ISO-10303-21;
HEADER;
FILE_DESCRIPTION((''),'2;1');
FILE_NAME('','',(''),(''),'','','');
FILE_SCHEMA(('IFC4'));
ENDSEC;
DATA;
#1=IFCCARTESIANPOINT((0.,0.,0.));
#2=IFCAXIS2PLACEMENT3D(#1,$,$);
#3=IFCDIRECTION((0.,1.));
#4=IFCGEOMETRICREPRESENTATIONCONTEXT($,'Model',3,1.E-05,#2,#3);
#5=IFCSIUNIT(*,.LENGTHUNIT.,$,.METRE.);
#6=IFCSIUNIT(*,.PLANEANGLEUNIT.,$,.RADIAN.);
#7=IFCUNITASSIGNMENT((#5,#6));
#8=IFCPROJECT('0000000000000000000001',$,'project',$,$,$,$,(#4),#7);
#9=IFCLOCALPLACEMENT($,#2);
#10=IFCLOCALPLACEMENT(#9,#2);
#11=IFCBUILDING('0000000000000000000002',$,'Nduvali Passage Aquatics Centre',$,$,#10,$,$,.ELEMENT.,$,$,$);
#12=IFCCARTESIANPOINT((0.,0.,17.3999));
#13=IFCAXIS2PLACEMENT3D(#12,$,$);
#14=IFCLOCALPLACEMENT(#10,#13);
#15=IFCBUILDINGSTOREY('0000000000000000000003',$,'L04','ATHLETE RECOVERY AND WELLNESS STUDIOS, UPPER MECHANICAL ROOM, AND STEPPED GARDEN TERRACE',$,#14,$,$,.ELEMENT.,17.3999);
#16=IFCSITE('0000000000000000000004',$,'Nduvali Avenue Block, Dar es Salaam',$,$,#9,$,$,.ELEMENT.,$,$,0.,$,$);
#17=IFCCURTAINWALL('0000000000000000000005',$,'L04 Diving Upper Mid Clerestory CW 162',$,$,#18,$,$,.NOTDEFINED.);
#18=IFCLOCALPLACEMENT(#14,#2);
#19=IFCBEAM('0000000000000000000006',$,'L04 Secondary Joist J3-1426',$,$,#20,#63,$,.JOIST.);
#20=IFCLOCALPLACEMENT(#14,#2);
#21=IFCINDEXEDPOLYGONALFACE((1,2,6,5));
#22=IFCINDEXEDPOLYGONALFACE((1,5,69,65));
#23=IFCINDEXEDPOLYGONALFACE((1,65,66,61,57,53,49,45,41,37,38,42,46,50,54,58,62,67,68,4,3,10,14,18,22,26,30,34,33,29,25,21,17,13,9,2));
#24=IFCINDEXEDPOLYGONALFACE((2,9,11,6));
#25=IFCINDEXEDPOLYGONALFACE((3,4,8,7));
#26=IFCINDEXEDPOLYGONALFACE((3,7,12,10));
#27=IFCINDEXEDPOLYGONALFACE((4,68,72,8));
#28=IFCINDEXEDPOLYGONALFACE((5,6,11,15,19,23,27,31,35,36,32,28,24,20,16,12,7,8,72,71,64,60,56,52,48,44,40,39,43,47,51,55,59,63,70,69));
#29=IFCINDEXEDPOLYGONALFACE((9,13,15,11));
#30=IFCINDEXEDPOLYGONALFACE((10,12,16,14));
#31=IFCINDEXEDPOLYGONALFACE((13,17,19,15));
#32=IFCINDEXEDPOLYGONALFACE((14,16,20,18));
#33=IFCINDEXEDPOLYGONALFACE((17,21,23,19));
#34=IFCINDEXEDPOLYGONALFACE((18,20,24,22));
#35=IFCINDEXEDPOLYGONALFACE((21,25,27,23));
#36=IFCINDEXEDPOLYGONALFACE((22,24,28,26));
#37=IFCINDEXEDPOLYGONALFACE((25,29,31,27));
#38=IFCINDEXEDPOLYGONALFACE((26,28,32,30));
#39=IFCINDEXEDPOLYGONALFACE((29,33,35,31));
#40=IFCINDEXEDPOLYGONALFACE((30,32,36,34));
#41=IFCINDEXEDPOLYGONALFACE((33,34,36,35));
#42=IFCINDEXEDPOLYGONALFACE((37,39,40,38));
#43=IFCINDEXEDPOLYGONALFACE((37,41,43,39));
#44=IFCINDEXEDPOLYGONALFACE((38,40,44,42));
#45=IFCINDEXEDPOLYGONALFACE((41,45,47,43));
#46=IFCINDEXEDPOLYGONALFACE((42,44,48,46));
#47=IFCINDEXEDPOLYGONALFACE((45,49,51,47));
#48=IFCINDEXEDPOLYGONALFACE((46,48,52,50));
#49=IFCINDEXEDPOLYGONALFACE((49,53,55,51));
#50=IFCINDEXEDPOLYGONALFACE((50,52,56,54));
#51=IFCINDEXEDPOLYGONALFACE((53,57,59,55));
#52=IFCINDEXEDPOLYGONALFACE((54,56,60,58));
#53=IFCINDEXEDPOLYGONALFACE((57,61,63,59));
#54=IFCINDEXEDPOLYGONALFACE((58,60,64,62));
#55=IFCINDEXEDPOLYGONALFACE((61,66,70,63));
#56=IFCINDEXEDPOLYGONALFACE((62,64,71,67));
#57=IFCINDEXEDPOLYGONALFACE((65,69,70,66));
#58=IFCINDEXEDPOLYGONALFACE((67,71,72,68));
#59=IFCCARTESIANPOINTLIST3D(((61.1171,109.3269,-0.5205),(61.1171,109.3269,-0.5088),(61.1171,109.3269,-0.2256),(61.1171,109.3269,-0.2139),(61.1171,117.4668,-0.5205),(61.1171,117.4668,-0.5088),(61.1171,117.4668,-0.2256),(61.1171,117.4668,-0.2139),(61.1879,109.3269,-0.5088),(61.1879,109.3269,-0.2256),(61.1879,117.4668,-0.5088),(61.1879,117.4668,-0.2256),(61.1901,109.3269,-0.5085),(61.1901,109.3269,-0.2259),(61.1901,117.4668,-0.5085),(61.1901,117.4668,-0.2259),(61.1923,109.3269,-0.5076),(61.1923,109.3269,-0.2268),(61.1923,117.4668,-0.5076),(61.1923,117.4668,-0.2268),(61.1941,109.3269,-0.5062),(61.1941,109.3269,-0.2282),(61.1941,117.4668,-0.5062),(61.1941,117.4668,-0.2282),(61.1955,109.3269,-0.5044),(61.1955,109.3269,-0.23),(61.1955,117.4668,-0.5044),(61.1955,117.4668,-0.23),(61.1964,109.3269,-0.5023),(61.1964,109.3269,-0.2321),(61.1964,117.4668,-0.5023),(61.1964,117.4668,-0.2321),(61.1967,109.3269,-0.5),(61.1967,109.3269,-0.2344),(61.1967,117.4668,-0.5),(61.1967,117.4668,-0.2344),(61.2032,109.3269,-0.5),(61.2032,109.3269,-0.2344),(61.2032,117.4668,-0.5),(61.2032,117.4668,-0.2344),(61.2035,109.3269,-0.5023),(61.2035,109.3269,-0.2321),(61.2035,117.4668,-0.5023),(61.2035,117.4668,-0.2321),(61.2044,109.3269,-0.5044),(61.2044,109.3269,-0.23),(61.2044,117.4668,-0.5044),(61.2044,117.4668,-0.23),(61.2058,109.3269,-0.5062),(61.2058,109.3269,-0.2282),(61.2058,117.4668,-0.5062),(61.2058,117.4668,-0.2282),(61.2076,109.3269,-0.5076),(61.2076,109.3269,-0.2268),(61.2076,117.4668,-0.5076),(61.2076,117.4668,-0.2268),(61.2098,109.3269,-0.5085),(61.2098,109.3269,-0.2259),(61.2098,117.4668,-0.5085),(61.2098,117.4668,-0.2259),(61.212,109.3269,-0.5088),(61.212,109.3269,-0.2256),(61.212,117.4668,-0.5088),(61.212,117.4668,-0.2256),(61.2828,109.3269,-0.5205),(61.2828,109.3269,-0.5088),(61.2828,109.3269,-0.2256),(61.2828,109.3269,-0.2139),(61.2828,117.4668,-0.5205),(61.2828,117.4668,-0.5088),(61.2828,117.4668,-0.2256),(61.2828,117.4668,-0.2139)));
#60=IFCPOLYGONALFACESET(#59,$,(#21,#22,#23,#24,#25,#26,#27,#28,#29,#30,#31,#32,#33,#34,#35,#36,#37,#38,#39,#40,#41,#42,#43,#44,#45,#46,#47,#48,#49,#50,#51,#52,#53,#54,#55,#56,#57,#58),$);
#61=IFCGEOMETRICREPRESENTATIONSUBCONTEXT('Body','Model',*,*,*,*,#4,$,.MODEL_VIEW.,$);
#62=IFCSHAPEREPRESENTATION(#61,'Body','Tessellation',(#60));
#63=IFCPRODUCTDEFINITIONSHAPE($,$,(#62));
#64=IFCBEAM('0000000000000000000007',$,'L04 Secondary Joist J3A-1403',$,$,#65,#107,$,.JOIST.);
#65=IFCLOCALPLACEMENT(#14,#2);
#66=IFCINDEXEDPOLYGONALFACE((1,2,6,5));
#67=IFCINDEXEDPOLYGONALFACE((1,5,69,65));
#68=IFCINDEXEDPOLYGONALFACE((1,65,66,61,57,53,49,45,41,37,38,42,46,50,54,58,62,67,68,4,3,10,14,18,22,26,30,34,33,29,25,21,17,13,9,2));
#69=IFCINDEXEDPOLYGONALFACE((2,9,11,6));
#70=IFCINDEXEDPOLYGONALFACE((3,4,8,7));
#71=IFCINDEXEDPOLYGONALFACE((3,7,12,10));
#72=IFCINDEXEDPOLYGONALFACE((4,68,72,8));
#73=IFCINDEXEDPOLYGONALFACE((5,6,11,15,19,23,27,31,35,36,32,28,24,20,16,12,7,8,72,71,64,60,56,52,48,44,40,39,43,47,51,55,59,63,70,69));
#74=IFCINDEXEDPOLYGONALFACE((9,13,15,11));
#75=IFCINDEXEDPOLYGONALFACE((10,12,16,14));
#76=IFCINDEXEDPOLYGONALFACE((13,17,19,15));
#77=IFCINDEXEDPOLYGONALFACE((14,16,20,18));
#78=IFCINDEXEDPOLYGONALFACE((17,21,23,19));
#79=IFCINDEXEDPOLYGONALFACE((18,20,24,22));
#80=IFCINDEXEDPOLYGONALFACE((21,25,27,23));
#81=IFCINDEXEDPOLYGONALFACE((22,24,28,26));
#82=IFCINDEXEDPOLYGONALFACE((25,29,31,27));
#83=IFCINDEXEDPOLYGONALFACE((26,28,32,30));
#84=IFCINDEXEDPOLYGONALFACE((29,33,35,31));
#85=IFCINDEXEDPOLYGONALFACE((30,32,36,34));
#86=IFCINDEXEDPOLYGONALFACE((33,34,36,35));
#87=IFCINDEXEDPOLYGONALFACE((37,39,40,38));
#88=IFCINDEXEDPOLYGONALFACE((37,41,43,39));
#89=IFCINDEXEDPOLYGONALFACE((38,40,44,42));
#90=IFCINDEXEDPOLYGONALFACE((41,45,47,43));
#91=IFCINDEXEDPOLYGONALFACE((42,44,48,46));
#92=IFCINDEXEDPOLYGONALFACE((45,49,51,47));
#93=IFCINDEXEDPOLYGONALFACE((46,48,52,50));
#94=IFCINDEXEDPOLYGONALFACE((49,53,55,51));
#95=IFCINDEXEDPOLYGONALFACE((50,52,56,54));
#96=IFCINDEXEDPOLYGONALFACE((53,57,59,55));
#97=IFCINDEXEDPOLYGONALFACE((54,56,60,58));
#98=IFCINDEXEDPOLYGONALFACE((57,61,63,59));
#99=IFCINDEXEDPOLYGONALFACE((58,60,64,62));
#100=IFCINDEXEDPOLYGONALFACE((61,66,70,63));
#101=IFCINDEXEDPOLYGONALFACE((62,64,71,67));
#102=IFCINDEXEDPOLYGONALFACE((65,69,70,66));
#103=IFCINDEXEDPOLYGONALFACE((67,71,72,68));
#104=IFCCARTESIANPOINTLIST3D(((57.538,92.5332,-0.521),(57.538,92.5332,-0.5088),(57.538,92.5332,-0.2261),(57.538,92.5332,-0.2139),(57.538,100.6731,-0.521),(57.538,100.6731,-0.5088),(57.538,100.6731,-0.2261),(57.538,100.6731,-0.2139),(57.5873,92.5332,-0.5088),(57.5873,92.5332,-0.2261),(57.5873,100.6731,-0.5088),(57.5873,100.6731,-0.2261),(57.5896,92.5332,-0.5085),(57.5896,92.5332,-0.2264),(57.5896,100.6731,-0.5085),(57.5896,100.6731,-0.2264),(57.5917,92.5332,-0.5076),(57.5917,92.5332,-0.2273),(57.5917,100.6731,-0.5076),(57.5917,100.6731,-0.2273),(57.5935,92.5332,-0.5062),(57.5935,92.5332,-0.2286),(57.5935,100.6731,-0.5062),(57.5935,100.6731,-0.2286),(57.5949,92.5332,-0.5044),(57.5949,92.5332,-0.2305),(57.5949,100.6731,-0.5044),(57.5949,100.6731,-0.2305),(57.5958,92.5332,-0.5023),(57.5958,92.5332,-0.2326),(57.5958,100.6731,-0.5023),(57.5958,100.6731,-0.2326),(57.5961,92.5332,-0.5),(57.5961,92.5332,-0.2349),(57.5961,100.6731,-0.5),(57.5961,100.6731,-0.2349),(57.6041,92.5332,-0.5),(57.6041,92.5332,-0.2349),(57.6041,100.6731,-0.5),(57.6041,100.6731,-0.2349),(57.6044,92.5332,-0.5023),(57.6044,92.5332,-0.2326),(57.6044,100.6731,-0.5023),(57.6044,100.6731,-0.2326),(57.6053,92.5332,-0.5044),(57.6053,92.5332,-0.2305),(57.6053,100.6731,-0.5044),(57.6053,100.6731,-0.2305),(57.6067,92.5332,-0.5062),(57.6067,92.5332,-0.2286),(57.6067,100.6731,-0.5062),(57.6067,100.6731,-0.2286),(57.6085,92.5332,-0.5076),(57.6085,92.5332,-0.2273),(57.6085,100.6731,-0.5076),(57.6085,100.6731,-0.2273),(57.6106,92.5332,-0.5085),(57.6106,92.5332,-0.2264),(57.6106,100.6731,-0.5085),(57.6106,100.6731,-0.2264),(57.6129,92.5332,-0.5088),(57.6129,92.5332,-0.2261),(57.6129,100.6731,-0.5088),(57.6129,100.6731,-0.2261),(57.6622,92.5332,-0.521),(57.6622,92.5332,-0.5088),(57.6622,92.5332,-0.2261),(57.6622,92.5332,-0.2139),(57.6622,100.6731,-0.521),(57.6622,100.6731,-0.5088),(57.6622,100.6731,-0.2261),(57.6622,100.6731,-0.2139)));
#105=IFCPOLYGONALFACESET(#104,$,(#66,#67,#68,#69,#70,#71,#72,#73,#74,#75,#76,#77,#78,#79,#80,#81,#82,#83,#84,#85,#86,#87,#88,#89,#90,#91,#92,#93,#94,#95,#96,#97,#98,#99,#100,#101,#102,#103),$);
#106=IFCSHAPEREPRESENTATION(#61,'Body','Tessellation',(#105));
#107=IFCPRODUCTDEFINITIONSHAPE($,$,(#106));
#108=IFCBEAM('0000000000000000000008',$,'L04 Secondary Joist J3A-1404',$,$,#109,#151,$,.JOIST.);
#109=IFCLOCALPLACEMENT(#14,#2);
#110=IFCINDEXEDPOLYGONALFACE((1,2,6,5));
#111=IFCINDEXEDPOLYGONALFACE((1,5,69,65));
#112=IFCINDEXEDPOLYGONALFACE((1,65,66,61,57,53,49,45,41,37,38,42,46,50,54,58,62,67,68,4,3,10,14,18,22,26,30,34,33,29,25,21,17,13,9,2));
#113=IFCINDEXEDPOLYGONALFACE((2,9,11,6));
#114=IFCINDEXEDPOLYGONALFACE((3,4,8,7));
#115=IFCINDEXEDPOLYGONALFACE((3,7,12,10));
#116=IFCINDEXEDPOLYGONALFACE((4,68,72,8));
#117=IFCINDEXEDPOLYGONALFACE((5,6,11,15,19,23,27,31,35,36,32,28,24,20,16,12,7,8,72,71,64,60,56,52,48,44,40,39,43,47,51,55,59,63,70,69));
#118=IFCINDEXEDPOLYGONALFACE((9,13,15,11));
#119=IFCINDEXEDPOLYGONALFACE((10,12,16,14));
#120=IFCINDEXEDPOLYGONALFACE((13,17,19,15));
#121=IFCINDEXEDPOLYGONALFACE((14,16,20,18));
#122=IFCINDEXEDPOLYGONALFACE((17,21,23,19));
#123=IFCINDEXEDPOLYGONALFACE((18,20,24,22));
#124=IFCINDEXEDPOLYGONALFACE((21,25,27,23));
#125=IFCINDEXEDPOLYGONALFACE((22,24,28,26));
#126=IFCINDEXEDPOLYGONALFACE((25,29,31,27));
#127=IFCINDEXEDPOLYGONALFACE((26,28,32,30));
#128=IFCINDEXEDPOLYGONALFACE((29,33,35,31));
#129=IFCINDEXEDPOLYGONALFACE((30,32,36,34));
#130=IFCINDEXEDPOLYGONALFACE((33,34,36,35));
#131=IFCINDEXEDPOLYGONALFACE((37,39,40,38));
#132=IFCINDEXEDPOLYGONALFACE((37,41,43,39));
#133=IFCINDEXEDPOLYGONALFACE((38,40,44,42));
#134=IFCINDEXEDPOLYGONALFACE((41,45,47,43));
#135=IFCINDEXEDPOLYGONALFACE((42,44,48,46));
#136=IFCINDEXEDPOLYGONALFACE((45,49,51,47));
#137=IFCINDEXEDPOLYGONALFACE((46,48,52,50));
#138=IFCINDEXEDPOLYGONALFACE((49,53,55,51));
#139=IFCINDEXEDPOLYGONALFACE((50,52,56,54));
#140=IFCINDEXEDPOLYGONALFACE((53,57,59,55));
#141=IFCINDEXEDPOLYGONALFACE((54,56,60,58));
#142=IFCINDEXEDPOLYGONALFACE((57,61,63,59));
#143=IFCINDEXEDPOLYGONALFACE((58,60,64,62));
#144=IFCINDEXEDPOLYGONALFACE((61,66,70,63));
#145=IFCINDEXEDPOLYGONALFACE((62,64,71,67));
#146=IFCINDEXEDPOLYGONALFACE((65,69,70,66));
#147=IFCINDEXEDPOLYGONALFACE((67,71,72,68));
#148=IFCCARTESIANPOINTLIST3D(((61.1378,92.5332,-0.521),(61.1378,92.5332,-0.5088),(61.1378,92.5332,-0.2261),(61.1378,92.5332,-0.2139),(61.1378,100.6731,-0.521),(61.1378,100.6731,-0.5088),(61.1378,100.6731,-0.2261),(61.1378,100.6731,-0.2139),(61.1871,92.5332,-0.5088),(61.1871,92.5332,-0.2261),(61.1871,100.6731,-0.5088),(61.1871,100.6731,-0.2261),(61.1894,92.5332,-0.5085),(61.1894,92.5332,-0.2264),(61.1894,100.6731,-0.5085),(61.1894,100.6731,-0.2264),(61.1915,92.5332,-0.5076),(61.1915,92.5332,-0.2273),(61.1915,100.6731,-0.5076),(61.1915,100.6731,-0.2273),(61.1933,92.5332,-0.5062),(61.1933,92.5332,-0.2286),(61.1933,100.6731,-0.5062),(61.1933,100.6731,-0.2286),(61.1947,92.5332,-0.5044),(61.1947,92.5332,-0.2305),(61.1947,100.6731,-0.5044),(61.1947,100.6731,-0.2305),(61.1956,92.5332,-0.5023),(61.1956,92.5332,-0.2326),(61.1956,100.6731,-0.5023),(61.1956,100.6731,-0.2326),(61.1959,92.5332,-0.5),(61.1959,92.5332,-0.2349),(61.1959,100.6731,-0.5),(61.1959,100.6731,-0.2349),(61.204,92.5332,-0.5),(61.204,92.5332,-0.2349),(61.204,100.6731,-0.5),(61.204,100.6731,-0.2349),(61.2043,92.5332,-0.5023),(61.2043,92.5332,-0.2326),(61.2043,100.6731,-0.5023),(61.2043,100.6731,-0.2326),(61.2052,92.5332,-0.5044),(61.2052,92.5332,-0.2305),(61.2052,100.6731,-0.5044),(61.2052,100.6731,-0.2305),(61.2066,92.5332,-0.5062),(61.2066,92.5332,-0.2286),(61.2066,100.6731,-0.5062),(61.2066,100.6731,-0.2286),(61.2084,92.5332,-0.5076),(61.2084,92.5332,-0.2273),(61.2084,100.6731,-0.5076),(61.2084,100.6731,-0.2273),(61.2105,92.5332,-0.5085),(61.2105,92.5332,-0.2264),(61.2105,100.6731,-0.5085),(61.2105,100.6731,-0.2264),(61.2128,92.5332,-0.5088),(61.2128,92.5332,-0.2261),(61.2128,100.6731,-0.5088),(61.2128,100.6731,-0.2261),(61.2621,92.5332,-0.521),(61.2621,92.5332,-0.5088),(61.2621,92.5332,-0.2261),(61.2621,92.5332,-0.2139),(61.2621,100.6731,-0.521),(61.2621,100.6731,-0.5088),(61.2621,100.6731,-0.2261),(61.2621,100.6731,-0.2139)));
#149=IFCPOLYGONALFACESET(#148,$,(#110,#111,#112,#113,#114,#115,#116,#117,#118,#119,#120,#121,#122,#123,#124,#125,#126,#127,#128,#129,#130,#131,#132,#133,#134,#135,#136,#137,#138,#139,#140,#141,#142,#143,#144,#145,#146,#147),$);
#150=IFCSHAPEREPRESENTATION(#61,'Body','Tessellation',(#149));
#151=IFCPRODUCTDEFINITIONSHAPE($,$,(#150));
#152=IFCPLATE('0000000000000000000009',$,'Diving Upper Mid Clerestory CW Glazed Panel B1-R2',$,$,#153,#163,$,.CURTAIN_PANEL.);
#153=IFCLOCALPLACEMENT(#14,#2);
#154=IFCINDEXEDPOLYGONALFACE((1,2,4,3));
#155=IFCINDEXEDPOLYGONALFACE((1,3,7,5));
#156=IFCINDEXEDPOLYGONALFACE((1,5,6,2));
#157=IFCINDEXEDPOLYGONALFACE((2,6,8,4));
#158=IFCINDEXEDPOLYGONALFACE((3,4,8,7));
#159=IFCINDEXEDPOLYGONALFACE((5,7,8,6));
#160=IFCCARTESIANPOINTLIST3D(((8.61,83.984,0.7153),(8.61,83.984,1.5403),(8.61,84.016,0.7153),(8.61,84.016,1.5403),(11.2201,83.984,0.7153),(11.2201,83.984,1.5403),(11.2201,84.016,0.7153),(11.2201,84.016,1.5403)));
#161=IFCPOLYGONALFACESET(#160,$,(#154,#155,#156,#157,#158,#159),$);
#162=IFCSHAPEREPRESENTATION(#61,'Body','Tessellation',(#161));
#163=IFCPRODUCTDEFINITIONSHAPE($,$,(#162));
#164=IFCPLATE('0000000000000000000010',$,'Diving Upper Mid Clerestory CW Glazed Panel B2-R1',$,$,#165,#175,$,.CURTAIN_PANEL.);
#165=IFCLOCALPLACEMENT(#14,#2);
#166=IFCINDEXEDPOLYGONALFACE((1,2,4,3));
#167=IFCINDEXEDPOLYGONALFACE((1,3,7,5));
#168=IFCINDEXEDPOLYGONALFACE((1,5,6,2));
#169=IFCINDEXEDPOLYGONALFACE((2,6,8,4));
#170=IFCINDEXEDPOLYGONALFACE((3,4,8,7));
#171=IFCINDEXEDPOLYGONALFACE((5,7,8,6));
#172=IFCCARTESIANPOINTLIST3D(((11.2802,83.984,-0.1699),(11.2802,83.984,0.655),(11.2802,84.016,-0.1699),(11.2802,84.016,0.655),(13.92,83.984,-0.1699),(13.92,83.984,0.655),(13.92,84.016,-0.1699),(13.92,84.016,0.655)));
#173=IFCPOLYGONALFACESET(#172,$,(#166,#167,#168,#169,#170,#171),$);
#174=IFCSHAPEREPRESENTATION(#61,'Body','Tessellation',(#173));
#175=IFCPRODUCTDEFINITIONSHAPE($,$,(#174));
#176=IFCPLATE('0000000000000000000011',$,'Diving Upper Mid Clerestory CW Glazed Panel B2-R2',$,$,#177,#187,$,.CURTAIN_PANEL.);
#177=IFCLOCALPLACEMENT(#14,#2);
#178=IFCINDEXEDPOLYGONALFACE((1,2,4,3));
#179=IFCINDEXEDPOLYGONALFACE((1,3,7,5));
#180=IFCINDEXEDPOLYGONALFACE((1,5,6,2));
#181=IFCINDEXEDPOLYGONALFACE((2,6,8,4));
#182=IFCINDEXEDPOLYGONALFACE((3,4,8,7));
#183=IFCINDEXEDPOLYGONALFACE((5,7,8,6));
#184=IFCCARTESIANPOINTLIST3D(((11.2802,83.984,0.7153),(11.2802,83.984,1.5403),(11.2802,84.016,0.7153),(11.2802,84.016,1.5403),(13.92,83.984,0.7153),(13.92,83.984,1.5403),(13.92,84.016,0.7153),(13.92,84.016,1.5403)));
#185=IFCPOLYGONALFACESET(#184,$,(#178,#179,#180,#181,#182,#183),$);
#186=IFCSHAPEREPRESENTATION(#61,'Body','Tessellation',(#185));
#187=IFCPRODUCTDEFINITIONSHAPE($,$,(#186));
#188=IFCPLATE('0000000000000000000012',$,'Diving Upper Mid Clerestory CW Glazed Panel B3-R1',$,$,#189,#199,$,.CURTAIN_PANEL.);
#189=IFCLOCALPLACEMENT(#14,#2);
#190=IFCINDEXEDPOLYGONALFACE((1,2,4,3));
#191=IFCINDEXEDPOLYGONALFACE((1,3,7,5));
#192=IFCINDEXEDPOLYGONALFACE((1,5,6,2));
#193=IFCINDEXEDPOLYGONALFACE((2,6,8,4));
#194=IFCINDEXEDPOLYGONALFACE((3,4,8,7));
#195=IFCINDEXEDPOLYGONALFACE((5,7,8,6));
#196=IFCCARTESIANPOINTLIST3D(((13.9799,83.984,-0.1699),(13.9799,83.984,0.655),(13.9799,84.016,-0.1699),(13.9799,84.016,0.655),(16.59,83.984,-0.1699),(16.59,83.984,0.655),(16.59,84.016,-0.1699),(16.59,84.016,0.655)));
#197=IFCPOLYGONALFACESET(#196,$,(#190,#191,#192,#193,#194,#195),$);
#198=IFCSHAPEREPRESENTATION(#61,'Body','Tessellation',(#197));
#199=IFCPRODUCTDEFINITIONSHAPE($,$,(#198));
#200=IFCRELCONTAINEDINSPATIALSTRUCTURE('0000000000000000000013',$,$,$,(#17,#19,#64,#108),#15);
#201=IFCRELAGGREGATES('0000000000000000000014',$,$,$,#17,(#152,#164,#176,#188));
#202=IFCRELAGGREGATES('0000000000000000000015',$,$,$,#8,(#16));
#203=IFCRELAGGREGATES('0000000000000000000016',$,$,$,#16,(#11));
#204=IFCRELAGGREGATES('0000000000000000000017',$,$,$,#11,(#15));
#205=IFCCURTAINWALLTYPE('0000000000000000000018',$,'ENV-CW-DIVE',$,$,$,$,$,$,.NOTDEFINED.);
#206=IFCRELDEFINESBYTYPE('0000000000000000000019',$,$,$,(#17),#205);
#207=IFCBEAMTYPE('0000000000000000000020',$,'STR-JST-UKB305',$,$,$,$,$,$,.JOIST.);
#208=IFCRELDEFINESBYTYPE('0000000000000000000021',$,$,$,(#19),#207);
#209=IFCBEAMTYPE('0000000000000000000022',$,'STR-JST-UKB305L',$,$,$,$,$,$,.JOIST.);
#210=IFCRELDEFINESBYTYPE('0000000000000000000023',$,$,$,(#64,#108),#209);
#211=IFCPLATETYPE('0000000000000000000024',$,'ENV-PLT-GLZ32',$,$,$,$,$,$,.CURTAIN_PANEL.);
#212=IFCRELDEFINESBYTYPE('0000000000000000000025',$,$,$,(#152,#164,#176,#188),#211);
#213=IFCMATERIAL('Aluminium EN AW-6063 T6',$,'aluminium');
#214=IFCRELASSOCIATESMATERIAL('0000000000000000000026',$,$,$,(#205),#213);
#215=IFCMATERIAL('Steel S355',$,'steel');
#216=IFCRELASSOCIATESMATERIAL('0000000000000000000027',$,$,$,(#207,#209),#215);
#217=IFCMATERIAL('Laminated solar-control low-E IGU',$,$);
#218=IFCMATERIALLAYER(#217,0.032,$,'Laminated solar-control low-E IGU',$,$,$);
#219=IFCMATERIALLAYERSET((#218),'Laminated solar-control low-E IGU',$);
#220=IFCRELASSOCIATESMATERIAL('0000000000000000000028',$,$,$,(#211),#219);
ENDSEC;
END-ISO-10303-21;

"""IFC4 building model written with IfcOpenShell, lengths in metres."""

from ifc_helpers import new_model, si_unit, direction, frame, origin, origin_2d, place, context, subcontext, project, spatial, rectangle, i_section, extrude, material, layer, layer_set, material_profile, profile_set, type_object, element, aggregate, save


model = new_model("IFC4")

# Units and contexts
model_context = context("Model", 3, precision=1e-05, world=origin(), true_north=direction((0.0, 1.0)))
body_context = subcontext(model_context, "Body", "Model", "MODEL_VIEW")
ifc_project = project(units=[si_unit("LENGTHUNIT", "METRE"), si_unit("PLANEANGLEUNIT", "RADIAN")], contexts=[model_context])

# Site, building, storey
site_placement = place(None, origin())
site = spatial("IfcSite", under=ifc_project, at=site_placement, Name="Nduvali Avenue Block, Dar es Salaam", CompositionType="ELEMENT", RefElevation=0.0)
building_placement = place(site_placement, origin())
building = spatial("IfcBuilding", under=site, at=building_placement, Name="Nduvali Passage Aquatics Centre", CompositionType="ELEMENT")
storey_placement = place(building_placement, frame((0.0, 0.0, 17.3999)))
storey = spatial("IfcBuildingStorey", under=building, at=storey_placement, Name="L04", Description="ATHLETE RECOVERY AND WELLNESS STUDIOS, UPPER MECHANICAL ROOM, AND STEPPED GARDEN TERRACE", CompositionType="ELEMENT", Elevation=17.3999)

# Shared definitions
ifc_material_1 = material(Name="Steel S355", Category="steel")

# Curtain wall
ifc_material_2 = material(Name="Aluminium EN AW-6063 T6", Category="aluminium")
curtain_wall_type = type_object("IfcCurtainWallType", Name="ENV-CW-DIVE", PredefinedType="NOTDEFINED", material=ifc_material_2)
curtain_wall_placement = place(storey_placement, origin())
curtain_wall = element("IfcCurtainWall", 1, at=curtain_wall_placement, inside=storey, type_object=curtain_wall_type, Name="L04 Diving Upper Mid Clerestory CW 162", PredefinedType="NOTDEFINED")

# Beams
ifc_material_profile_1 = material_profile(ifc_material_1, i_section(OverallWidth=0.1658, OverallDepth=0.3066, WebThickness=0.0066, FlangeThickness=0.0117, FilletRadius=0.0088, at=origin_2d()), Name="UKB 305x165x46")
ifc_profile_set_1 = profile_set([ifc_material_profile_1], Name="Steel S355")
beam_type_1 = type_object("IfcBeamType", Name="STR-JST-UKB305", PredefinedType="JOIST", material=ifc_profile_set_1)
for number, where, z_axis, x_axis, name in (
    (2, (61.2, 109.3269, -0.3672), (0.0, 1.0, 0.0), (-1.0, 0.0, 0.0), "L04 Secondary Joist J3-1426"),
):
    element("IfcBeam", number, at=place(storey_placement, frame(where, z_axis=z_axis, x_axis=x_axis)), inside=storey, type_object=beam_type_1, Name=name, PredefinedType="JOIST", context=body_context, shape_type="SweptSolid", body=[
        extrude(i_section(OverallWidth=0.1658, OverallDepth=0.3066, WebThickness=0.0066, FlangeThickness=0.0117, FilletRadius=0.0088, at=origin_2d()), origin(), (0.0, 0.0, 1.0), 8.1399),
    ])
ifc_material_profile_2 = material_profile(ifc_material_1, i_section(OverallWidth=0.1243, OverallDepth=0.3071, WebThickness=0.0081, FlangeThickness=0.0122, FilletRadius=0.0088, at=origin_2d()), Name="UKB 305x127x42")
ifc_profile_set_2 = profile_set([ifc_material_profile_2], Name="Steel S355")
beam_type_2 = type_object("IfcBeamType", Name="STR-JST-UKB305L", PredefinedType="JOIST", material=ifc_profile_set_2)
for number, where, z_axis, x_axis, name in (
    (3, (57.6001, 92.5332, -0.3674), (0.0, 1.0, 0.0), (-1.0, 0.0, 0.0), "L04 Secondary Joist J3A-1403"),
    (4, (61.2, 92.5332, -0.3674), (0.0, 1.0, 0.0), (-1.0, 0.0, 0.0), "L04 Secondary Joist J3A-1404"),
):
    element("IfcBeam", number, at=place(storey_placement, frame(where, z_axis=z_axis, x_axis=x_axis)), inside=storey, type_object=beam_type_2, Name=name, PredefinedType="JOIST", context=body_context, shape_type="SweptSolid", body=[
        extrude(i_section(OverallWidth=0.1243, OverallDepth=0.3071, WebThickness=0.0081, FlangeThickness=0.0122, FilletRadius=0.0088, at=origin_2d()), origin(), (0.0, 0.0, 1.0), 8.1399),
    ])

# Plates
ifc_material_3 = material(Name="Laminated solar-control low-E IGU")
ifc_layer_1 = layer(ifc_material_3, 0.032, Name="Laminated solar-control low-E IGU")
ifc_layer_set_1 = layer_set([ifc_layer_1], Name="Laminated solar-control low-E IGU")
plate_type = type_object("IfcPlateType", Name="ENV-PLT-GLZ32", PredefinedType="CURTAIN_PANEL", material=ifc_layer_set_1)
plate_1_placement = place(storey_placement, frame((9.915, 84.0, 0.7153), z_axis=(0.0, 0.0, 1.0), x_axis=(1.0, 0.0, 0.0)))
plate_1 = element("IfcPlate", 5, at=plate_1_placement, type_object=plate_type, Name="Diving Upper Mid Clerestory CW Glazed Panel B1-R2", PredefinedType="CURTAIN_PANEL", context=body_context, shape_type="SweptSolid", body=[
    extrude(rectangle(XDim=2.6101, YDim=0.032, at=origin_2d()), origin(), (0.0, 0.0, 1.0), 0.825),
])
plate_2_placement = place(storey_placement, frame((12.6001, 84.0, -0.1699), z_axis=(0.0, 0.0, 1.0), x_axis=(1.0, 0.0, 0.0)))
plate_2 = element("IfcPlate", 6, at=plate_2_placement, type_object=plate_type, Name="Diving Upper Mid Clerestory CW Glazed Panel B2-R1", PredefinedType="CURTAIN_PANEL", context=body_context, shape_type="SweptSolid", body=[
    extrude(rectangle(XDim=2.6399, YDim=0.032, at=origin_2d()), origin(), (0.0, 0.0, 1.0), 0.825),
])
plate_3_placement = place(storey_placement, frame((12.6001, 84.0, 0.7153), z_axis=(0.0, 0.0, 1.0), x_axis=(1.0, 0.0, 0.0)))
plate_3 = element("IfcPlate", 7, at=plate_3_placement, type_object=plate_type, Name="Diving Upper Mid Clerestory CW Glazed Panel B2-R2", PredefinedType="CURTAIN_PANEL", context=body_context, shape_type="SweptSolid", body=[
    extrude(rectangle(XDim=2.6399, YDim=0.032, at=origin_2d()), origin(), (0.0, 0.0, 1.0), 0.825),
])
plate_4_placement = place(storey_placement, frame((15.2849, 84.0, -0.1699), z_axis=(0.0, 0.0, 1.0), x_axis=(1.0, 0.0, 0.0)))
plate_4 = element("IfcPlate", 8, at=plate_4_placement, type_object=plate_type, Name="Diving Upper Mid Clerestory CW Glazed Panel B3-R1", PredefinedType="CURTAIN_PANEL", context=body_context, shape_type="SweptSolid", body=[
    extrude(rectangle(XDim=2.6101, YDim=0.032, at=origin_2d()), origin(), (0.0, 0.0, 1.0), 0.825),
])
aggregate(curtain_wall, [plate_1, plate_2, plate_3, plate_4])

save(model, "model.ifc")
